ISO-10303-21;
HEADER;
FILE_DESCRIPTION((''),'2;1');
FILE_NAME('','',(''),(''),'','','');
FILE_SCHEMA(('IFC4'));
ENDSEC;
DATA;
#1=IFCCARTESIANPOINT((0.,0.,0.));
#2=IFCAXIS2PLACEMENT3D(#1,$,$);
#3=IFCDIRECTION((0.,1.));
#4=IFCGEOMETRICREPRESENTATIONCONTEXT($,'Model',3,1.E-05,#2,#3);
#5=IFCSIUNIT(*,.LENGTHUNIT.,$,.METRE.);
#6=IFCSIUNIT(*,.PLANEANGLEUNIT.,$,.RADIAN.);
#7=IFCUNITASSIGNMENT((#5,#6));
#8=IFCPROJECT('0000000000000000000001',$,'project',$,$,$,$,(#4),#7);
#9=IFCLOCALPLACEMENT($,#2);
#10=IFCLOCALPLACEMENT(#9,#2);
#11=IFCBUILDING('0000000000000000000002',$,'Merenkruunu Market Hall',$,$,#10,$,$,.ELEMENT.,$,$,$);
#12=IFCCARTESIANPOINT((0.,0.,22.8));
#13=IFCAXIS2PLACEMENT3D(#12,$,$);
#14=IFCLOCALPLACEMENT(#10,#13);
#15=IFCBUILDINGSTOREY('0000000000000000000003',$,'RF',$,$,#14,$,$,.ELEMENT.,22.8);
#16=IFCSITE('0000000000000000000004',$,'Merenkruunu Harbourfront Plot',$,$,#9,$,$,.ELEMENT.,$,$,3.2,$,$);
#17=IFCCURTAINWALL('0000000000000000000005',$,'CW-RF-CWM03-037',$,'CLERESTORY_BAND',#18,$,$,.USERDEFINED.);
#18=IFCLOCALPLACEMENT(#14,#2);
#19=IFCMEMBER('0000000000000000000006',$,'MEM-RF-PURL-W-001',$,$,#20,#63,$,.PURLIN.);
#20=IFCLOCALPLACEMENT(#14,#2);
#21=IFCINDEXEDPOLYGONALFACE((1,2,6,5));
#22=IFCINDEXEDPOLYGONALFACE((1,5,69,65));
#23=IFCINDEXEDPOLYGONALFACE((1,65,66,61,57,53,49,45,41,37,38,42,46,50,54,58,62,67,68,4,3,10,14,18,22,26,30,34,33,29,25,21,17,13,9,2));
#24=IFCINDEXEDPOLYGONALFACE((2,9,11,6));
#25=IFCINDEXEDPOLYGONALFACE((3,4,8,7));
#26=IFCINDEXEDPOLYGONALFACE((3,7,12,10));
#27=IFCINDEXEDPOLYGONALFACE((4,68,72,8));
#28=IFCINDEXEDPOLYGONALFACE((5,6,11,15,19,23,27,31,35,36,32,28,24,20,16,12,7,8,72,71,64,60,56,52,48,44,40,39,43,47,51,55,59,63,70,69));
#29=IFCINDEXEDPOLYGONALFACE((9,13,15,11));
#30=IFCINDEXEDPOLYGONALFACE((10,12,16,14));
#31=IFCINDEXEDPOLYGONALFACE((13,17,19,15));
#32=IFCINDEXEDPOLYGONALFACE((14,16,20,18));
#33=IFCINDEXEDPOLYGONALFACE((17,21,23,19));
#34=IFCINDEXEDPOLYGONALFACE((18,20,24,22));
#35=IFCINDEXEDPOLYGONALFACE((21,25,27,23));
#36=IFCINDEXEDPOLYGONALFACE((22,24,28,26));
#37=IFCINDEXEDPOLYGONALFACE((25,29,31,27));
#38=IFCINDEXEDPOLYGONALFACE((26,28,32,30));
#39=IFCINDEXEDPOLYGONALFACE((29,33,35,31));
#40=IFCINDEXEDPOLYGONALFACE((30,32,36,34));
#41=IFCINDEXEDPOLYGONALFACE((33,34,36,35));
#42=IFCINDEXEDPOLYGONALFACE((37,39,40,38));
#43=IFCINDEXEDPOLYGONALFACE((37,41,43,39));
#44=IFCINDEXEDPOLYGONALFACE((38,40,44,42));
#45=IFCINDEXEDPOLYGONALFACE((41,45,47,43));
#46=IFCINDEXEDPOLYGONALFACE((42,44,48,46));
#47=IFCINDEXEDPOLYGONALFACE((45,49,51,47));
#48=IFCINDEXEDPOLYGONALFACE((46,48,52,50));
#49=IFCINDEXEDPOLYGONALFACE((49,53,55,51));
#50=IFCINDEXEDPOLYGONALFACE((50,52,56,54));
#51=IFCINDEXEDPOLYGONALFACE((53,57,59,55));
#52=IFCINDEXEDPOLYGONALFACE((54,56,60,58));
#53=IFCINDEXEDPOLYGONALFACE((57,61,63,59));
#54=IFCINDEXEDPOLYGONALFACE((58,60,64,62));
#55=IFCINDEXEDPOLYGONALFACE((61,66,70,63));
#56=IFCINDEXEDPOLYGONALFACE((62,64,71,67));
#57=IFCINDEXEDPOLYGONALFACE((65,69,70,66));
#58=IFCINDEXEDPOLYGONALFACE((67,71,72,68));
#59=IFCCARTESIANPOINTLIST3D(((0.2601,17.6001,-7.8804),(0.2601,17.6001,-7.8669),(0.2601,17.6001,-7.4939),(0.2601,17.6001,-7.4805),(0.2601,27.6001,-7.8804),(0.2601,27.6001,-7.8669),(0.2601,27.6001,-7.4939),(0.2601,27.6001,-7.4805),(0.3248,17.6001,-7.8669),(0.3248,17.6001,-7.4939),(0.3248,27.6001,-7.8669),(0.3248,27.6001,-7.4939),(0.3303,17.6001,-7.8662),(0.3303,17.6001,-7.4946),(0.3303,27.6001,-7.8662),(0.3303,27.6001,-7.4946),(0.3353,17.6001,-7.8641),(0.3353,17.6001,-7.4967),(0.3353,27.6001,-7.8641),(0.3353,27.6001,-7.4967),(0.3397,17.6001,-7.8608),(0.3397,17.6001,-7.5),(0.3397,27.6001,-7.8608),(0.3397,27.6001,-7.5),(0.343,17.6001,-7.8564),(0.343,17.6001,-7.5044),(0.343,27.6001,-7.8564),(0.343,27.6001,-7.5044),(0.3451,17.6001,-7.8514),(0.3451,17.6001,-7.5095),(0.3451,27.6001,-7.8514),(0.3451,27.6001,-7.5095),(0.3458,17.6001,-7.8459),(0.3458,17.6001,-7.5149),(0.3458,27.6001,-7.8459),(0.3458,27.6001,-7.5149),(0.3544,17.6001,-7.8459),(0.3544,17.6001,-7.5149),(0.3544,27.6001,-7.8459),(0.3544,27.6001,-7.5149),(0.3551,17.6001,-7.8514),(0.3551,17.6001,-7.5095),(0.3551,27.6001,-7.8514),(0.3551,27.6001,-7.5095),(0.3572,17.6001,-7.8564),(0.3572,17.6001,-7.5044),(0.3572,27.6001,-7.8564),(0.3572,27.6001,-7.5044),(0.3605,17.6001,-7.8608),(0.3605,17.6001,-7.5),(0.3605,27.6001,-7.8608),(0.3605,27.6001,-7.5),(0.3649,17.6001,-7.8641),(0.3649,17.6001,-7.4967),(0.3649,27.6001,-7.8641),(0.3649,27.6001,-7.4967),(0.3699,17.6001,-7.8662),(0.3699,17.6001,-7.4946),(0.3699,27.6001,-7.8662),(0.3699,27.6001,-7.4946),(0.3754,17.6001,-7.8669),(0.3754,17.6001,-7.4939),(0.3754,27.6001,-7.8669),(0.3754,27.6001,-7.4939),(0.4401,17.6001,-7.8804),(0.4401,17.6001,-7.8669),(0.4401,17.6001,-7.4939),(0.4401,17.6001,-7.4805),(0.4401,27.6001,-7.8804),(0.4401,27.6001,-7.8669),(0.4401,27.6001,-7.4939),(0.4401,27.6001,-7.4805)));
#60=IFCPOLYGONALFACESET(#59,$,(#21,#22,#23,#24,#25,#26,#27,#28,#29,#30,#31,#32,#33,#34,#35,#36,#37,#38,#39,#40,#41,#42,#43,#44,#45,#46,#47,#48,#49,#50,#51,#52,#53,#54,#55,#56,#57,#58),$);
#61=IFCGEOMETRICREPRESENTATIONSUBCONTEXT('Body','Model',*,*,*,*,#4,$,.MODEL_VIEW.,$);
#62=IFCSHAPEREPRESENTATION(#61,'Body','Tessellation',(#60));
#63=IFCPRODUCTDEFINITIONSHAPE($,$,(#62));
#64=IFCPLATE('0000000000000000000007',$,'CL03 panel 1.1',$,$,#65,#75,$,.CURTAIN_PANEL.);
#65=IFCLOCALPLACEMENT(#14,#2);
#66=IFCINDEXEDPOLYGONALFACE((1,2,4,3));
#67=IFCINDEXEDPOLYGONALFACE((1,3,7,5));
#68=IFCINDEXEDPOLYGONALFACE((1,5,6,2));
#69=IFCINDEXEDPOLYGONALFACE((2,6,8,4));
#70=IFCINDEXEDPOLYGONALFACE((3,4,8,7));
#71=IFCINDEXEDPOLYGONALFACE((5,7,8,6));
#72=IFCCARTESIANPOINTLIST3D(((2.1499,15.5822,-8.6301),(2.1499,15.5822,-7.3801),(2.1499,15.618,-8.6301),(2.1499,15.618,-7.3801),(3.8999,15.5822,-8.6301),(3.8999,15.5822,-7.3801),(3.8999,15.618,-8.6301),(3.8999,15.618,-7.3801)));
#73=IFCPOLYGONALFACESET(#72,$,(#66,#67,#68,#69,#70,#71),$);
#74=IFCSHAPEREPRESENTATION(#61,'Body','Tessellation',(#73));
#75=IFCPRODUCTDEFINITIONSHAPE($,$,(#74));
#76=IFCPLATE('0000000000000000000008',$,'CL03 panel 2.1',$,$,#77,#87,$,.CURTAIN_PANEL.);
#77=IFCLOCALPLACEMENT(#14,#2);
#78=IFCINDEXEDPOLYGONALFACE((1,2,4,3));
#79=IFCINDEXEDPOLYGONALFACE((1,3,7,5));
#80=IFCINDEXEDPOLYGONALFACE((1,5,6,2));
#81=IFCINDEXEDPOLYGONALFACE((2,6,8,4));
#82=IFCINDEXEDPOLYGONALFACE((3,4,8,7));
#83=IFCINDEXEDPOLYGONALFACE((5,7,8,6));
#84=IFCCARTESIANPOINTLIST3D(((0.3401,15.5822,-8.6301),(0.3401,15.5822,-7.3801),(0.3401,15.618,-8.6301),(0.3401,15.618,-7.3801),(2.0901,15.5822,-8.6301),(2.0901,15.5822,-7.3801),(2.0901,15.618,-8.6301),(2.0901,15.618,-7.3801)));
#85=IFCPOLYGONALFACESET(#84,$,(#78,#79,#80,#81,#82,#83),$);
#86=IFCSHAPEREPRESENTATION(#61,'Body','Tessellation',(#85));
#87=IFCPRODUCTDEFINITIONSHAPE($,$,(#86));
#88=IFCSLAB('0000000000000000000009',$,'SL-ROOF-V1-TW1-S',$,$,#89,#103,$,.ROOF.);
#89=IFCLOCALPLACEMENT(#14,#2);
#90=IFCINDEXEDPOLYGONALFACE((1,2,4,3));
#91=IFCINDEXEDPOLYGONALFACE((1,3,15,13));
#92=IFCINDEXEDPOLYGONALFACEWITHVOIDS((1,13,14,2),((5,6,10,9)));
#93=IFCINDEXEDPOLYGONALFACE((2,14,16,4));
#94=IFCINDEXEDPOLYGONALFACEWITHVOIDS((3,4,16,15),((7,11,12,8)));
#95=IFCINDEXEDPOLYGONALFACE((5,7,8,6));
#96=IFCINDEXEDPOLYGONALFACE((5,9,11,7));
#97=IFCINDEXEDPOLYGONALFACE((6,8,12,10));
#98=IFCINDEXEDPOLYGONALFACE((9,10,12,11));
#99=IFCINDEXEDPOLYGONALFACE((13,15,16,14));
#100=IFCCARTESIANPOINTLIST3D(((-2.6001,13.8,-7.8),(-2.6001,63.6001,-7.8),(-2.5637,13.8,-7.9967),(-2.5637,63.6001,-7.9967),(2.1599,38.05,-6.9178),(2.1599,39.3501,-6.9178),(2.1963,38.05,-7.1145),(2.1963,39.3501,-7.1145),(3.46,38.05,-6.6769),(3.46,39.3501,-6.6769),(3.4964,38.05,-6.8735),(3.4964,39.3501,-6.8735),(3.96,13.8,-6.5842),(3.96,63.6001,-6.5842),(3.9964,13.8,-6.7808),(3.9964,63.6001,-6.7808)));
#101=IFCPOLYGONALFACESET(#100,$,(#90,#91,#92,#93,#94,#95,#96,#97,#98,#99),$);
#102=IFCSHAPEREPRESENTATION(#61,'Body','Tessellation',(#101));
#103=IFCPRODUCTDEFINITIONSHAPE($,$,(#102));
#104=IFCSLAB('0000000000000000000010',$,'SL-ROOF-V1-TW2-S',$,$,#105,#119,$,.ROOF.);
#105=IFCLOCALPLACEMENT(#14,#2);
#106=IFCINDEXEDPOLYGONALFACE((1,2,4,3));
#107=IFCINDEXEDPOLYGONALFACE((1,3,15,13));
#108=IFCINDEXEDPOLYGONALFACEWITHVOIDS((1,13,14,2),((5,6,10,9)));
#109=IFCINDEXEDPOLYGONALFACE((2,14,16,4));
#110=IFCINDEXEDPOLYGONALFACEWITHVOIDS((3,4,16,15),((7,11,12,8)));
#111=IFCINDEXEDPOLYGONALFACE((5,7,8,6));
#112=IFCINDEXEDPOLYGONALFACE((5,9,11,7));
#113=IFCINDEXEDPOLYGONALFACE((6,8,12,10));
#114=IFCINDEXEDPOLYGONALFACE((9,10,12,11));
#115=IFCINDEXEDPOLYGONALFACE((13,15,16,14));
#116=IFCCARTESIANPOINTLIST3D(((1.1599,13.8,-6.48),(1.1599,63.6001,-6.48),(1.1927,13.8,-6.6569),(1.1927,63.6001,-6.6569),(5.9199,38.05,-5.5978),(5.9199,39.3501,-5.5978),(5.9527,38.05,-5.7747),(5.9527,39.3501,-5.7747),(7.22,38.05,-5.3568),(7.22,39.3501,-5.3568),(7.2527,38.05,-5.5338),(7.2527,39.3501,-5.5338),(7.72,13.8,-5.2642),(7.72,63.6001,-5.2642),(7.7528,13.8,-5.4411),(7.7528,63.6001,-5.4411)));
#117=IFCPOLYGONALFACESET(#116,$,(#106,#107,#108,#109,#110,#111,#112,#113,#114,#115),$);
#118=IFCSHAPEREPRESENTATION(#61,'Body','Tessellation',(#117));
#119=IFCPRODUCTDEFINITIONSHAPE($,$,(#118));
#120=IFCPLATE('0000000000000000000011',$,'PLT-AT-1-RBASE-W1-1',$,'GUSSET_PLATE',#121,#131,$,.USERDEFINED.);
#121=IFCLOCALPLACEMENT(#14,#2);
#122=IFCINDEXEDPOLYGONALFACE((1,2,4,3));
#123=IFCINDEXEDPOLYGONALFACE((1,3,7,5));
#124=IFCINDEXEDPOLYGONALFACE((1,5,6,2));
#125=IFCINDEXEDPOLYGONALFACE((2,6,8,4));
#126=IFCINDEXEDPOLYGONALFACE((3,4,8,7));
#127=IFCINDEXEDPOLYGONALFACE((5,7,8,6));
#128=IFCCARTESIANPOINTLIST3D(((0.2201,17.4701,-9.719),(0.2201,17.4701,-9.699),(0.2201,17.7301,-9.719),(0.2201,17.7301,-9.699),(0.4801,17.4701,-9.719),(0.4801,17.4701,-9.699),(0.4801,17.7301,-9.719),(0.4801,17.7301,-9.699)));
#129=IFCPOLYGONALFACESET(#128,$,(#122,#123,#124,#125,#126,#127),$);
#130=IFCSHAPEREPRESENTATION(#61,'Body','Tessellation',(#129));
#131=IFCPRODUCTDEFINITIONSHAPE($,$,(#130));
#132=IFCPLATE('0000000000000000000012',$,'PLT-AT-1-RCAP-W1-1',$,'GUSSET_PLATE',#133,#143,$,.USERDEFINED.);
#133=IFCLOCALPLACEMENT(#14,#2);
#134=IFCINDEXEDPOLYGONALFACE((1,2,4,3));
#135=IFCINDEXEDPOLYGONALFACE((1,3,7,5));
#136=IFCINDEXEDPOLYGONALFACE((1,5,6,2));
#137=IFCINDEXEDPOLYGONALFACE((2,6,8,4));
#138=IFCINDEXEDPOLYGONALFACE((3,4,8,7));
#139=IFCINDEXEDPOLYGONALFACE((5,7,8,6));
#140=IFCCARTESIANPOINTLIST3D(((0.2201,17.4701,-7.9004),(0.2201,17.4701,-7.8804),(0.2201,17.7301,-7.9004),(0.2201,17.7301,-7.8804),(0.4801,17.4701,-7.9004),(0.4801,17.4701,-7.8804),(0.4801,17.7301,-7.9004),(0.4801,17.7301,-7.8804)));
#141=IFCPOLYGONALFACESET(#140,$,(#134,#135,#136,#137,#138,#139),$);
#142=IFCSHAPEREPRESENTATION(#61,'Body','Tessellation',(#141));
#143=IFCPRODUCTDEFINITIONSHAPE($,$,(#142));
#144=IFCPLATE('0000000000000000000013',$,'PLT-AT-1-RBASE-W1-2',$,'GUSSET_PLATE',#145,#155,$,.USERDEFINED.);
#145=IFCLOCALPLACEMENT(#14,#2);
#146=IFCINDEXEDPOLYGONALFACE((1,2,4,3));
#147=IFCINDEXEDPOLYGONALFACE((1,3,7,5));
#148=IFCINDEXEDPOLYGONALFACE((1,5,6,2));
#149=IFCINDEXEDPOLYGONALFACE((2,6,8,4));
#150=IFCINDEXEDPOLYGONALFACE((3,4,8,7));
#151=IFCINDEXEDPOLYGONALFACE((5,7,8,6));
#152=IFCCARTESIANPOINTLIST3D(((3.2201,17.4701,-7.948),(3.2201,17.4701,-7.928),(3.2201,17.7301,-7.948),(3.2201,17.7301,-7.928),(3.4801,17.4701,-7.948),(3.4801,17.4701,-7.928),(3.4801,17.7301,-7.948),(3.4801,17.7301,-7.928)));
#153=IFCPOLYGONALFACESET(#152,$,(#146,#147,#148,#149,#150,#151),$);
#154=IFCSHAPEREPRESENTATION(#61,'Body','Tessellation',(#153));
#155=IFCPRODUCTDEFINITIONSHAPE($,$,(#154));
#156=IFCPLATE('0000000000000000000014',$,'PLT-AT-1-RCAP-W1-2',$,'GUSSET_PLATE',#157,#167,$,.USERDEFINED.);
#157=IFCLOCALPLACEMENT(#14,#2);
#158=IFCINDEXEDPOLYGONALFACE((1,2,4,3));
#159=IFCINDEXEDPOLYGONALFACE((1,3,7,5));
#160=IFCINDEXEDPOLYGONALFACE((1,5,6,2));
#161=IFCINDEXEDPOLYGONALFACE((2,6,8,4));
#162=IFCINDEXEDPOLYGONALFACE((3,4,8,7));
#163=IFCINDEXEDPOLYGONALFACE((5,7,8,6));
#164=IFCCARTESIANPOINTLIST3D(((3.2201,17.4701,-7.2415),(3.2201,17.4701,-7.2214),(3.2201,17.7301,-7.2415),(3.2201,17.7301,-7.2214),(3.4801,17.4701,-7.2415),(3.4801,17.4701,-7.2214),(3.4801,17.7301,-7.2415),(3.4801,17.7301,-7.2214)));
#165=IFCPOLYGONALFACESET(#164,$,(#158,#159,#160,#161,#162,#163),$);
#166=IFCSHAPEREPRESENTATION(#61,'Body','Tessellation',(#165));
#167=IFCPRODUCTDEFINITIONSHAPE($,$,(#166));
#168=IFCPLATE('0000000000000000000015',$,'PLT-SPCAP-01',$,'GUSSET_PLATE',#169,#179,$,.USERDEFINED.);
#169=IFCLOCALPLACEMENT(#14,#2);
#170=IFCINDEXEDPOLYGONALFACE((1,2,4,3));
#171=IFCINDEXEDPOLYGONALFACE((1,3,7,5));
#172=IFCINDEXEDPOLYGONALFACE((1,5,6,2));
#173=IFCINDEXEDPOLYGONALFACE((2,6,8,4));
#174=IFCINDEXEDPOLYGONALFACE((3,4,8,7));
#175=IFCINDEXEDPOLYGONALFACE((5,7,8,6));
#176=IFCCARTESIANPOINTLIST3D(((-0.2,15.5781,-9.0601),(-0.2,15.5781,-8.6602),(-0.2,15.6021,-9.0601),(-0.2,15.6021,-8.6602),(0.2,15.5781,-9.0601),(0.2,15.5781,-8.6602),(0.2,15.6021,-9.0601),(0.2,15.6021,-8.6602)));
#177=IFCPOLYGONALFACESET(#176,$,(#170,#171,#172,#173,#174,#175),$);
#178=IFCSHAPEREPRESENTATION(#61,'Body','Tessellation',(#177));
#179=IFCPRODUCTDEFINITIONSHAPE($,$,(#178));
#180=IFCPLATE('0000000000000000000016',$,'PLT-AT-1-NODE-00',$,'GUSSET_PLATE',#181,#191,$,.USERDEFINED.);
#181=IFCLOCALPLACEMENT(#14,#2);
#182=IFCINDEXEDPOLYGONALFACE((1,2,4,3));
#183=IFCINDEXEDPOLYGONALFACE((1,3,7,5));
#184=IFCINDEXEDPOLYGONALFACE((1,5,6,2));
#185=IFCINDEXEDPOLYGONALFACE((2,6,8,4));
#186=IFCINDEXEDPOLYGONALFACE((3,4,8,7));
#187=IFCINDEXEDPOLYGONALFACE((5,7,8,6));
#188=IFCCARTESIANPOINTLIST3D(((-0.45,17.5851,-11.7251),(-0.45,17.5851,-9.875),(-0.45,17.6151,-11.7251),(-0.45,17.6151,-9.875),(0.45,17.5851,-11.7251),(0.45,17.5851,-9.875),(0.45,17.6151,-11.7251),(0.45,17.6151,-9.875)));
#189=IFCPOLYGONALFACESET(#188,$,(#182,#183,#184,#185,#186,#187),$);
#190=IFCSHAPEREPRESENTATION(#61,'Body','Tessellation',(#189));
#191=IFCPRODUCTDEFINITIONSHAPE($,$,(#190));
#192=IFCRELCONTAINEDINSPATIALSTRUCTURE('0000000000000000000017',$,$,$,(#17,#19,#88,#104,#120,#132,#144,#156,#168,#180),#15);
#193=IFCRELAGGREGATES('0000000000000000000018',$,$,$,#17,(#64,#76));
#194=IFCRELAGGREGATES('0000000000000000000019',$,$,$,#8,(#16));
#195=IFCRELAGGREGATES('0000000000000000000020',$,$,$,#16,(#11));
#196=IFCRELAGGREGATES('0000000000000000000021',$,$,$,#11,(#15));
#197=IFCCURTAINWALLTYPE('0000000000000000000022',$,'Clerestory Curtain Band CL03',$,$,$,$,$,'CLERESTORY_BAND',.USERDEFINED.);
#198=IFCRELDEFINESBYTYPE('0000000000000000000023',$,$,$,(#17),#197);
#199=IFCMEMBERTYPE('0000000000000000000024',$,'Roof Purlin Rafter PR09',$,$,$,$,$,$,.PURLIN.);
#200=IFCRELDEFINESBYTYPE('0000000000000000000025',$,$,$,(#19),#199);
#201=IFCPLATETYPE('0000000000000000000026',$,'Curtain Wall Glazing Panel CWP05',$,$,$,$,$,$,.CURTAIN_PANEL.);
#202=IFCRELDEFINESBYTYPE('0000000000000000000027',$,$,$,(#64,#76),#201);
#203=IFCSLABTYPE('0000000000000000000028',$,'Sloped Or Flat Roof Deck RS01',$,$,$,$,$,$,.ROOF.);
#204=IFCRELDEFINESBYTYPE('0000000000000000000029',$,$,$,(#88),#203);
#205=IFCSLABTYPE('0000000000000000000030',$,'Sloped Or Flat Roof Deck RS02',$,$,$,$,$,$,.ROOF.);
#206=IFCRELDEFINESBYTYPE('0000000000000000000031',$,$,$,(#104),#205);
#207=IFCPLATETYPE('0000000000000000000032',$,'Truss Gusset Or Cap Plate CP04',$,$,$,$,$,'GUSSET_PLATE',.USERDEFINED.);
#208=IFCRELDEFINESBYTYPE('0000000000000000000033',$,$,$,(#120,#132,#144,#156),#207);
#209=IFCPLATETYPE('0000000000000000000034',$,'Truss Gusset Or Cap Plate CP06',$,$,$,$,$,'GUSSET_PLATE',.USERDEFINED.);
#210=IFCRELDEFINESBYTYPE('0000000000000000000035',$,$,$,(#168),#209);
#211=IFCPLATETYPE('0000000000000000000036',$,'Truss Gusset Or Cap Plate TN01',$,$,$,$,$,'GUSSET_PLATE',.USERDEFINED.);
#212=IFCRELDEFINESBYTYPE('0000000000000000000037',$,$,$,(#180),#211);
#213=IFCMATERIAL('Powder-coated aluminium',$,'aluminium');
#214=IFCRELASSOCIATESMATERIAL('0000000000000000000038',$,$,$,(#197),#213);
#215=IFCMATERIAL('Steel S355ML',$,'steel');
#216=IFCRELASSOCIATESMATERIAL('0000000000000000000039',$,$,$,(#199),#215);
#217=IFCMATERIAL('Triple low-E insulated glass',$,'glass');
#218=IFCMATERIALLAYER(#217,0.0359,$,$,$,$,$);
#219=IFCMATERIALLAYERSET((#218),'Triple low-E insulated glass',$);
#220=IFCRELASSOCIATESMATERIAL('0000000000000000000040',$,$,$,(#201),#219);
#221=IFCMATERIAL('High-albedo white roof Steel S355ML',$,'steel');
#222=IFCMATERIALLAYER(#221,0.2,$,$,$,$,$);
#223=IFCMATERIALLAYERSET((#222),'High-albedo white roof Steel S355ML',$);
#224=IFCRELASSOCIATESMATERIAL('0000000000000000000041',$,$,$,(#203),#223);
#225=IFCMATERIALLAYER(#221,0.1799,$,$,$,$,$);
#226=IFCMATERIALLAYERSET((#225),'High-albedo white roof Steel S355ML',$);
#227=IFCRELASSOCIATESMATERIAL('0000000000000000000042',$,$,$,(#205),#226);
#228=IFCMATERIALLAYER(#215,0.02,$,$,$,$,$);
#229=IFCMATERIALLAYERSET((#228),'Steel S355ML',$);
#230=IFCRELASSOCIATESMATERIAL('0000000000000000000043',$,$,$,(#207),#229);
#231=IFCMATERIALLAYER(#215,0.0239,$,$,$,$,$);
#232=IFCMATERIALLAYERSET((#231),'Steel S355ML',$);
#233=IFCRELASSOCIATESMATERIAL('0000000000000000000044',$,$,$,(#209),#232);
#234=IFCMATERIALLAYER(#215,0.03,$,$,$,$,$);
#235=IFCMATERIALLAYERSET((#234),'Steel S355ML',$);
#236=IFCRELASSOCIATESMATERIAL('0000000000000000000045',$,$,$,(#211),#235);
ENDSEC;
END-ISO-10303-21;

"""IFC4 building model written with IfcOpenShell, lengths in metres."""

from ifc_helpers import new_model, si_unit, direction, frame, origin, origin_2d, place, context, subcontext, project, spatial, polyline, rectangle, i_section, outline, extrude, material, layer, layer_set, material_profile, profile_set, type_object, element, aggregate, save


model = new_model("IFC4")

# Units and contexts
model_context = context("Model", 3, precision=1e-05, world=origin(), true_north=direction((0.0, 1.0)))
body_context = subcontext(model_context, "Body", "Model", "MODEL_VIEW")
ifc_project = project(units=[si_unit("LENGTHUNIT", "METRE"), si_unit("PLANEANGLEUNIT", "RADIAN")], contexts=[model_context])

# Site, building, storey
site_placement = place(None, origin())
site = spatial("IfcSite", under=ifc_project, at=site_placement, Name="Merenkruunu Harbourfront Plot", CompositionType="ELEMENT", RefElevation=3.2)
building_placement = place(site_placement, origin())
building = spatial("IfcBuilding", under=site, at=building_placement, Name="Merenkruunu Market Hall", CompositionType="ELEMENT")
storey_placement = place(building_placement, frame((0.0, 0.0, 22.8)))
storey = spatial("IfcBuildingStorey", under=building, at=storey_placement, Name="RF", CompositionType="ELEMENT", Elevation=22.8)

# Shared definitions
ifc_material_1 = material(Name="Steel S355ML", Category="steel")

# Curtain wall
ifc_material_2 = material(Name="Powder-coated aluminium", Category="aluminium")
curtain_wall_type = type_object("IfcCurtainWallType", Name="Clerestory Curtain Band CL03", ElementType="CLERESTORY_BAND", PredefinedType="USERDEFINED", material=ifc_material_2)
curtain_wall_placement = place(storey_placement, origin())
curtain_wall = element("IfcCurtainWall", 1, at=curtain_wall_placement, inside=storey, type_object=curtain_wall_type, Name="CW-RF-CWM03-037", ObjectType="CLERESTORY_BAND", PredefinedType="USERDEFINED")

# Member
ifc_material_profile_1 = material_profile(ifc_material_1, i_section(OverallWidth=0.1799, OverallDepth=0.3999, WebThickness=0.0085, FlangeThickness=0.0134, FilletRadius=0.021, at=origin_2d()), Name="IPE 400")
ifc_profile_set_1 = profile_set([ifc_material_profile_1], Name="Steel S355ML")
member_type_1 = type_object("IfcMemberType", Name="Roof Purlin Rafter PR09", PredefinedType="PURLIN", material=ifc_profile_set_1)
member_1_placement = place(storey_placement, frame((0.3501, 17.6001, -7.6804), z_axis=(0.0, 1.0, 0.0), x_axis=(-1.0, 0.0, 0.0)))
element("IfcMember", 2, at=member_1_placement, inside=storey, type_object=member_type_1, Name="MEM-RF-PURL-W-001", PredefinedType="PURLIN", context=body_context, shape_type="SweptSolid", body=[
    extrude(i_section(OverallWidth=0.1799, OverallDepth=0.3999, WebThickness=0.0085, FlangeThickness=0.0134, FilletRadius=0.021, at=origin_2d()), origin(), (0.0, 0.0, 1.0), 10.0),
])

# Plates
ifc_material_3 = material(Name="Triple low-E insulated glass", Category="glass")
ifc_layer_1 = layer(ifc_material_3, 0.0359)
ifc_layer_set_1 = layer_set([ifc_layer_1], Name="Triple low-E insulated glass")
plate_type_1 = type_object("IfcPlateType", Name="Curtain Wall Glazing Panel CWP05", PredefinedType="CURTAIN_PANEL", material=ifc_layer_set_1)
plate_1_placement = place(storey_placement, frame((3.0249, 15.6001, -8.6301), z_axis=(0.0, 0.0, 1.0), x_axis=(-1.0, 0.0, 0.0)))
plate_1 = element("IfcPlate", 3, at=plate_1_placement, type_object=plate_type_1, Name="CL03 panel 1.1", PredefinedType="CURTAIN_PANEL", context=body_context, shape_type="SweptSolid", body=[
    extrude(rectangle(XDim=1.75, YDim=0.0359, at=origin_2d()), origin(), (0.0, 0.0, 1.0), 1.25),
])
plate_2_placement = place(storey_placement, frame((1.2151, 15.6001, -8.6301), z_axis=(0.0, 0.0, 1.0), x_axis=(-1.0, 0.0, 0.0)))
plate_2 = element("IfcPlate", 4, at=plate_2_placement, type_object=plate_type_1, Name="CL03 panel 2.1", PredefinedType="CURTAIN_PANEL", context=body_context, shape_type="SweptSolid", body=[
    extrude(rectangle(XDim=1.75, YDim=0.0359, at=origin_2d()), origin(), (0.0, 0.0, 1.0), 1.25),
])
aggregate(curtain_wall, [plate_1, plate_2])

# Slabs
ifc_material_4 = material(Name="High-albedo white roof Steel S355ML", Category="steel")
ifc_layer_2 = layer(ifc_material_4, 0.2)
ifc_layer_set_2 = layer_set([ifc_layer_2], Name="High-albedo white roof Steel S355ML")
slab_type_1 = type_object("IfcSlabType", Name="Sloped Or Flat Roof Deck RS01", PredefinedType="ROOF", material=ifc_layer_set_2)
slab_1_placement = place(storey_placement, frame((-2.6001, 13.8, -7.8), z_axis=(-0.182233, 0.0, 0.983255), x_axis=(0.983255, 0.0, 0.182233)))
element("IfcSlab", 5, at=slab_1_placement, inside=storey, type_object=slab_type_1, Name="SL-ROOF-V1-TW1-S", PredefinedType="ROOF", context=body_context, shape_type="SweptSolid", body=[
    extrude(outline(polyline([(0.0, 0.0), (6.6718, 0.0), (6.6718, 49.8), (0.0, 49.8), (0.0, 0.0)]), holes=[polyline([(4.841, 24.25), (6.1633, 24.25), (6.1633, 25.55), (4.841, 25.55), (4.841, 24.25)])]), origin(), (0.0, 0.0, -1.0), 0.2),
])
ifc_layer_3 = layer(ifc_material_4, 0.1799)
ifc_layer_set_3 = layer_set([ifc_layer_3], Name="High-albedo white roof Steel S355ML")
slab_type_2 = type_object("IfcSlabType", Name="Sloped Or Flat Roof Deck RS02", PredefinedType="ROOF", material=ifc_layer_set_3)
slab_2_placement = place(storey_placement, frame((1.1599, 13.8, -6.48), z_axis=(-0.182233, 0.0, 0.983255), x_axis=(0.983255, 0.0, 0.182233)))
element("IfcSlab", 6, at=slab_2_placement, inside=storey, type_object=slab_type_2, Name="SL-ROOF-V1-TW2-S", PredefinedType="ROOF", context=body_context, shape_type="SweptSolid", body=[
    extrude(outline(polyline([(0.0, 0.0), (6.6718, 0.0), (6.6718, 49.8), (0.0, 49.8), (0.0, 0.0)]), holes=[polyline([(4.841, 24.25), (6.1632, 24.25), (6.1632, 25.55), (4.841, 25.55), (4.841, 24.25)])]), origin(), (0.0, 0.0, -1.0), 0.1799),
])

# Plates
ifc_layer_4 = layer(ifc_material_1, 0.02)
ifc_layer_set_4 = layer_set([ifc_layer_4], Name="Steel S355ML")
plate_type_2 = type_object("IfcPlateType", Name="Truss Gusset Or Cap Plate CP04", ElementType="GUSSET_PLATE", PredefinedType="USERDEFINED", material=ifc_layer_set_4)
for number, where, z_axis, x_axis, name in (
    (7, (0.3501, 17.6001, -9.719), (0.0, 0.0, 1.0), (1.0, 0.0, 0.0), "PLT-AT-1-RBASE-W1-1"),
    (8, (0.3501, 17.6001, -7.9004), (0.0, 0.0, 1.0), (1.0, 0.0, 0.0), "PLT-AT-1-RCAP-W1-1"),
    (9, (3.3501, 17.6001, -7.948), (0.0, 0.0, 1.0), (1.0, 0.0, 0.0), "PLT-AT-1-RBASE-W1-2"),
    (10, (3.3501, 17.6001, -7.2415), (0.0, 0.0, 1.0), (1.0, 0.0, 0.0), "PLT-AT-1-RCAP-W1-2"),
):
    element("IfcPlate", number, at=place(storey_placement, frame(where, z_axis=z_axis, x_axis=x_axis)), inside=storey, type_object=plate_type_2, Name=name, ObjectType="GUSSET_PLATE", PredefinedType="USERDEFINED", context=body_context, shape_type="SweptSolid", body=[
        extrude(rectangle(XDim=0.26, YDim=0.26, at=origin_2d()), origin(), (0.0, 0.0, 1.0), 0.02),
    ])
ifc_layer_5 = layer(ifc_material_1, 0.0239)
ifc_layer_set_5 = layer_set([ifc_layer_5], Name="Steel S355ML")
plate_type_3 = type_object("IfcPlateType", Name="Truss Gusset Or Cap Plate CP06", ElementType="GUSSET_PLATE", PredefinedType="USERDEFINED", material=ifc_layer_set_5)
plate_3_placement = place(storey_placement, frame((0.0, 15.5901, -9.0601), z_axis=(0.0, 0.0, 1.0), x_axis=(1.0, 0.0, 0.0)))
element("IfcPlate", 11, at=plate_3_placement, inside=storey, type_object=plate_type_3, Name="PLT-SPCAP-01", ObjectType="GUSSET_PLATE", PredefinedType="USERDEFINED", context=body_context, shape_type="SweptSolid", body=[
    extrude(rectangle(XDim=0.3999, YDim=0.0239, at=origin_2d()), origin(), (0.0, 0.0, 1.0), 0.3999),
])
ifc_layer_6 = layer(ifc_material_1, 0.03)
ifc_layer_set_6 = layer_set([ifc_layer_6], Name="Steel S355ML")
plate_type_4 = type_object("IfcPlateType", Name="Truss Gusset Or Cap Plate TN01", ElementType="GUSSET_PLATE", PredefinedType="USERDEFINED", material=ifc_layer_set_6)
plate_4_placement = place(storey_placement, frame((0.0, 17.6001, -11.7251), z_axis=(0.0, 0.0, 1.0), x_axis=(1.0, 0.0, 0.0)))
element("IfcPlate", 12, at=plate_4_placement, inside=storey, type_object=plate_type_4, Name="PLT-AT-1-NODE-00", ObjectType="GUSSET_PLATE", PredefinedType="USERDEFINED", context=body_context, shape_type="SweptSolid", body=[
    extrude(rectangle(XDim=0.8999, YDim=0.03, at=origin_2d()), origin(), (0.0, 0.0, 1.0), 1.8501),
])

save(model, "model.ifc")
